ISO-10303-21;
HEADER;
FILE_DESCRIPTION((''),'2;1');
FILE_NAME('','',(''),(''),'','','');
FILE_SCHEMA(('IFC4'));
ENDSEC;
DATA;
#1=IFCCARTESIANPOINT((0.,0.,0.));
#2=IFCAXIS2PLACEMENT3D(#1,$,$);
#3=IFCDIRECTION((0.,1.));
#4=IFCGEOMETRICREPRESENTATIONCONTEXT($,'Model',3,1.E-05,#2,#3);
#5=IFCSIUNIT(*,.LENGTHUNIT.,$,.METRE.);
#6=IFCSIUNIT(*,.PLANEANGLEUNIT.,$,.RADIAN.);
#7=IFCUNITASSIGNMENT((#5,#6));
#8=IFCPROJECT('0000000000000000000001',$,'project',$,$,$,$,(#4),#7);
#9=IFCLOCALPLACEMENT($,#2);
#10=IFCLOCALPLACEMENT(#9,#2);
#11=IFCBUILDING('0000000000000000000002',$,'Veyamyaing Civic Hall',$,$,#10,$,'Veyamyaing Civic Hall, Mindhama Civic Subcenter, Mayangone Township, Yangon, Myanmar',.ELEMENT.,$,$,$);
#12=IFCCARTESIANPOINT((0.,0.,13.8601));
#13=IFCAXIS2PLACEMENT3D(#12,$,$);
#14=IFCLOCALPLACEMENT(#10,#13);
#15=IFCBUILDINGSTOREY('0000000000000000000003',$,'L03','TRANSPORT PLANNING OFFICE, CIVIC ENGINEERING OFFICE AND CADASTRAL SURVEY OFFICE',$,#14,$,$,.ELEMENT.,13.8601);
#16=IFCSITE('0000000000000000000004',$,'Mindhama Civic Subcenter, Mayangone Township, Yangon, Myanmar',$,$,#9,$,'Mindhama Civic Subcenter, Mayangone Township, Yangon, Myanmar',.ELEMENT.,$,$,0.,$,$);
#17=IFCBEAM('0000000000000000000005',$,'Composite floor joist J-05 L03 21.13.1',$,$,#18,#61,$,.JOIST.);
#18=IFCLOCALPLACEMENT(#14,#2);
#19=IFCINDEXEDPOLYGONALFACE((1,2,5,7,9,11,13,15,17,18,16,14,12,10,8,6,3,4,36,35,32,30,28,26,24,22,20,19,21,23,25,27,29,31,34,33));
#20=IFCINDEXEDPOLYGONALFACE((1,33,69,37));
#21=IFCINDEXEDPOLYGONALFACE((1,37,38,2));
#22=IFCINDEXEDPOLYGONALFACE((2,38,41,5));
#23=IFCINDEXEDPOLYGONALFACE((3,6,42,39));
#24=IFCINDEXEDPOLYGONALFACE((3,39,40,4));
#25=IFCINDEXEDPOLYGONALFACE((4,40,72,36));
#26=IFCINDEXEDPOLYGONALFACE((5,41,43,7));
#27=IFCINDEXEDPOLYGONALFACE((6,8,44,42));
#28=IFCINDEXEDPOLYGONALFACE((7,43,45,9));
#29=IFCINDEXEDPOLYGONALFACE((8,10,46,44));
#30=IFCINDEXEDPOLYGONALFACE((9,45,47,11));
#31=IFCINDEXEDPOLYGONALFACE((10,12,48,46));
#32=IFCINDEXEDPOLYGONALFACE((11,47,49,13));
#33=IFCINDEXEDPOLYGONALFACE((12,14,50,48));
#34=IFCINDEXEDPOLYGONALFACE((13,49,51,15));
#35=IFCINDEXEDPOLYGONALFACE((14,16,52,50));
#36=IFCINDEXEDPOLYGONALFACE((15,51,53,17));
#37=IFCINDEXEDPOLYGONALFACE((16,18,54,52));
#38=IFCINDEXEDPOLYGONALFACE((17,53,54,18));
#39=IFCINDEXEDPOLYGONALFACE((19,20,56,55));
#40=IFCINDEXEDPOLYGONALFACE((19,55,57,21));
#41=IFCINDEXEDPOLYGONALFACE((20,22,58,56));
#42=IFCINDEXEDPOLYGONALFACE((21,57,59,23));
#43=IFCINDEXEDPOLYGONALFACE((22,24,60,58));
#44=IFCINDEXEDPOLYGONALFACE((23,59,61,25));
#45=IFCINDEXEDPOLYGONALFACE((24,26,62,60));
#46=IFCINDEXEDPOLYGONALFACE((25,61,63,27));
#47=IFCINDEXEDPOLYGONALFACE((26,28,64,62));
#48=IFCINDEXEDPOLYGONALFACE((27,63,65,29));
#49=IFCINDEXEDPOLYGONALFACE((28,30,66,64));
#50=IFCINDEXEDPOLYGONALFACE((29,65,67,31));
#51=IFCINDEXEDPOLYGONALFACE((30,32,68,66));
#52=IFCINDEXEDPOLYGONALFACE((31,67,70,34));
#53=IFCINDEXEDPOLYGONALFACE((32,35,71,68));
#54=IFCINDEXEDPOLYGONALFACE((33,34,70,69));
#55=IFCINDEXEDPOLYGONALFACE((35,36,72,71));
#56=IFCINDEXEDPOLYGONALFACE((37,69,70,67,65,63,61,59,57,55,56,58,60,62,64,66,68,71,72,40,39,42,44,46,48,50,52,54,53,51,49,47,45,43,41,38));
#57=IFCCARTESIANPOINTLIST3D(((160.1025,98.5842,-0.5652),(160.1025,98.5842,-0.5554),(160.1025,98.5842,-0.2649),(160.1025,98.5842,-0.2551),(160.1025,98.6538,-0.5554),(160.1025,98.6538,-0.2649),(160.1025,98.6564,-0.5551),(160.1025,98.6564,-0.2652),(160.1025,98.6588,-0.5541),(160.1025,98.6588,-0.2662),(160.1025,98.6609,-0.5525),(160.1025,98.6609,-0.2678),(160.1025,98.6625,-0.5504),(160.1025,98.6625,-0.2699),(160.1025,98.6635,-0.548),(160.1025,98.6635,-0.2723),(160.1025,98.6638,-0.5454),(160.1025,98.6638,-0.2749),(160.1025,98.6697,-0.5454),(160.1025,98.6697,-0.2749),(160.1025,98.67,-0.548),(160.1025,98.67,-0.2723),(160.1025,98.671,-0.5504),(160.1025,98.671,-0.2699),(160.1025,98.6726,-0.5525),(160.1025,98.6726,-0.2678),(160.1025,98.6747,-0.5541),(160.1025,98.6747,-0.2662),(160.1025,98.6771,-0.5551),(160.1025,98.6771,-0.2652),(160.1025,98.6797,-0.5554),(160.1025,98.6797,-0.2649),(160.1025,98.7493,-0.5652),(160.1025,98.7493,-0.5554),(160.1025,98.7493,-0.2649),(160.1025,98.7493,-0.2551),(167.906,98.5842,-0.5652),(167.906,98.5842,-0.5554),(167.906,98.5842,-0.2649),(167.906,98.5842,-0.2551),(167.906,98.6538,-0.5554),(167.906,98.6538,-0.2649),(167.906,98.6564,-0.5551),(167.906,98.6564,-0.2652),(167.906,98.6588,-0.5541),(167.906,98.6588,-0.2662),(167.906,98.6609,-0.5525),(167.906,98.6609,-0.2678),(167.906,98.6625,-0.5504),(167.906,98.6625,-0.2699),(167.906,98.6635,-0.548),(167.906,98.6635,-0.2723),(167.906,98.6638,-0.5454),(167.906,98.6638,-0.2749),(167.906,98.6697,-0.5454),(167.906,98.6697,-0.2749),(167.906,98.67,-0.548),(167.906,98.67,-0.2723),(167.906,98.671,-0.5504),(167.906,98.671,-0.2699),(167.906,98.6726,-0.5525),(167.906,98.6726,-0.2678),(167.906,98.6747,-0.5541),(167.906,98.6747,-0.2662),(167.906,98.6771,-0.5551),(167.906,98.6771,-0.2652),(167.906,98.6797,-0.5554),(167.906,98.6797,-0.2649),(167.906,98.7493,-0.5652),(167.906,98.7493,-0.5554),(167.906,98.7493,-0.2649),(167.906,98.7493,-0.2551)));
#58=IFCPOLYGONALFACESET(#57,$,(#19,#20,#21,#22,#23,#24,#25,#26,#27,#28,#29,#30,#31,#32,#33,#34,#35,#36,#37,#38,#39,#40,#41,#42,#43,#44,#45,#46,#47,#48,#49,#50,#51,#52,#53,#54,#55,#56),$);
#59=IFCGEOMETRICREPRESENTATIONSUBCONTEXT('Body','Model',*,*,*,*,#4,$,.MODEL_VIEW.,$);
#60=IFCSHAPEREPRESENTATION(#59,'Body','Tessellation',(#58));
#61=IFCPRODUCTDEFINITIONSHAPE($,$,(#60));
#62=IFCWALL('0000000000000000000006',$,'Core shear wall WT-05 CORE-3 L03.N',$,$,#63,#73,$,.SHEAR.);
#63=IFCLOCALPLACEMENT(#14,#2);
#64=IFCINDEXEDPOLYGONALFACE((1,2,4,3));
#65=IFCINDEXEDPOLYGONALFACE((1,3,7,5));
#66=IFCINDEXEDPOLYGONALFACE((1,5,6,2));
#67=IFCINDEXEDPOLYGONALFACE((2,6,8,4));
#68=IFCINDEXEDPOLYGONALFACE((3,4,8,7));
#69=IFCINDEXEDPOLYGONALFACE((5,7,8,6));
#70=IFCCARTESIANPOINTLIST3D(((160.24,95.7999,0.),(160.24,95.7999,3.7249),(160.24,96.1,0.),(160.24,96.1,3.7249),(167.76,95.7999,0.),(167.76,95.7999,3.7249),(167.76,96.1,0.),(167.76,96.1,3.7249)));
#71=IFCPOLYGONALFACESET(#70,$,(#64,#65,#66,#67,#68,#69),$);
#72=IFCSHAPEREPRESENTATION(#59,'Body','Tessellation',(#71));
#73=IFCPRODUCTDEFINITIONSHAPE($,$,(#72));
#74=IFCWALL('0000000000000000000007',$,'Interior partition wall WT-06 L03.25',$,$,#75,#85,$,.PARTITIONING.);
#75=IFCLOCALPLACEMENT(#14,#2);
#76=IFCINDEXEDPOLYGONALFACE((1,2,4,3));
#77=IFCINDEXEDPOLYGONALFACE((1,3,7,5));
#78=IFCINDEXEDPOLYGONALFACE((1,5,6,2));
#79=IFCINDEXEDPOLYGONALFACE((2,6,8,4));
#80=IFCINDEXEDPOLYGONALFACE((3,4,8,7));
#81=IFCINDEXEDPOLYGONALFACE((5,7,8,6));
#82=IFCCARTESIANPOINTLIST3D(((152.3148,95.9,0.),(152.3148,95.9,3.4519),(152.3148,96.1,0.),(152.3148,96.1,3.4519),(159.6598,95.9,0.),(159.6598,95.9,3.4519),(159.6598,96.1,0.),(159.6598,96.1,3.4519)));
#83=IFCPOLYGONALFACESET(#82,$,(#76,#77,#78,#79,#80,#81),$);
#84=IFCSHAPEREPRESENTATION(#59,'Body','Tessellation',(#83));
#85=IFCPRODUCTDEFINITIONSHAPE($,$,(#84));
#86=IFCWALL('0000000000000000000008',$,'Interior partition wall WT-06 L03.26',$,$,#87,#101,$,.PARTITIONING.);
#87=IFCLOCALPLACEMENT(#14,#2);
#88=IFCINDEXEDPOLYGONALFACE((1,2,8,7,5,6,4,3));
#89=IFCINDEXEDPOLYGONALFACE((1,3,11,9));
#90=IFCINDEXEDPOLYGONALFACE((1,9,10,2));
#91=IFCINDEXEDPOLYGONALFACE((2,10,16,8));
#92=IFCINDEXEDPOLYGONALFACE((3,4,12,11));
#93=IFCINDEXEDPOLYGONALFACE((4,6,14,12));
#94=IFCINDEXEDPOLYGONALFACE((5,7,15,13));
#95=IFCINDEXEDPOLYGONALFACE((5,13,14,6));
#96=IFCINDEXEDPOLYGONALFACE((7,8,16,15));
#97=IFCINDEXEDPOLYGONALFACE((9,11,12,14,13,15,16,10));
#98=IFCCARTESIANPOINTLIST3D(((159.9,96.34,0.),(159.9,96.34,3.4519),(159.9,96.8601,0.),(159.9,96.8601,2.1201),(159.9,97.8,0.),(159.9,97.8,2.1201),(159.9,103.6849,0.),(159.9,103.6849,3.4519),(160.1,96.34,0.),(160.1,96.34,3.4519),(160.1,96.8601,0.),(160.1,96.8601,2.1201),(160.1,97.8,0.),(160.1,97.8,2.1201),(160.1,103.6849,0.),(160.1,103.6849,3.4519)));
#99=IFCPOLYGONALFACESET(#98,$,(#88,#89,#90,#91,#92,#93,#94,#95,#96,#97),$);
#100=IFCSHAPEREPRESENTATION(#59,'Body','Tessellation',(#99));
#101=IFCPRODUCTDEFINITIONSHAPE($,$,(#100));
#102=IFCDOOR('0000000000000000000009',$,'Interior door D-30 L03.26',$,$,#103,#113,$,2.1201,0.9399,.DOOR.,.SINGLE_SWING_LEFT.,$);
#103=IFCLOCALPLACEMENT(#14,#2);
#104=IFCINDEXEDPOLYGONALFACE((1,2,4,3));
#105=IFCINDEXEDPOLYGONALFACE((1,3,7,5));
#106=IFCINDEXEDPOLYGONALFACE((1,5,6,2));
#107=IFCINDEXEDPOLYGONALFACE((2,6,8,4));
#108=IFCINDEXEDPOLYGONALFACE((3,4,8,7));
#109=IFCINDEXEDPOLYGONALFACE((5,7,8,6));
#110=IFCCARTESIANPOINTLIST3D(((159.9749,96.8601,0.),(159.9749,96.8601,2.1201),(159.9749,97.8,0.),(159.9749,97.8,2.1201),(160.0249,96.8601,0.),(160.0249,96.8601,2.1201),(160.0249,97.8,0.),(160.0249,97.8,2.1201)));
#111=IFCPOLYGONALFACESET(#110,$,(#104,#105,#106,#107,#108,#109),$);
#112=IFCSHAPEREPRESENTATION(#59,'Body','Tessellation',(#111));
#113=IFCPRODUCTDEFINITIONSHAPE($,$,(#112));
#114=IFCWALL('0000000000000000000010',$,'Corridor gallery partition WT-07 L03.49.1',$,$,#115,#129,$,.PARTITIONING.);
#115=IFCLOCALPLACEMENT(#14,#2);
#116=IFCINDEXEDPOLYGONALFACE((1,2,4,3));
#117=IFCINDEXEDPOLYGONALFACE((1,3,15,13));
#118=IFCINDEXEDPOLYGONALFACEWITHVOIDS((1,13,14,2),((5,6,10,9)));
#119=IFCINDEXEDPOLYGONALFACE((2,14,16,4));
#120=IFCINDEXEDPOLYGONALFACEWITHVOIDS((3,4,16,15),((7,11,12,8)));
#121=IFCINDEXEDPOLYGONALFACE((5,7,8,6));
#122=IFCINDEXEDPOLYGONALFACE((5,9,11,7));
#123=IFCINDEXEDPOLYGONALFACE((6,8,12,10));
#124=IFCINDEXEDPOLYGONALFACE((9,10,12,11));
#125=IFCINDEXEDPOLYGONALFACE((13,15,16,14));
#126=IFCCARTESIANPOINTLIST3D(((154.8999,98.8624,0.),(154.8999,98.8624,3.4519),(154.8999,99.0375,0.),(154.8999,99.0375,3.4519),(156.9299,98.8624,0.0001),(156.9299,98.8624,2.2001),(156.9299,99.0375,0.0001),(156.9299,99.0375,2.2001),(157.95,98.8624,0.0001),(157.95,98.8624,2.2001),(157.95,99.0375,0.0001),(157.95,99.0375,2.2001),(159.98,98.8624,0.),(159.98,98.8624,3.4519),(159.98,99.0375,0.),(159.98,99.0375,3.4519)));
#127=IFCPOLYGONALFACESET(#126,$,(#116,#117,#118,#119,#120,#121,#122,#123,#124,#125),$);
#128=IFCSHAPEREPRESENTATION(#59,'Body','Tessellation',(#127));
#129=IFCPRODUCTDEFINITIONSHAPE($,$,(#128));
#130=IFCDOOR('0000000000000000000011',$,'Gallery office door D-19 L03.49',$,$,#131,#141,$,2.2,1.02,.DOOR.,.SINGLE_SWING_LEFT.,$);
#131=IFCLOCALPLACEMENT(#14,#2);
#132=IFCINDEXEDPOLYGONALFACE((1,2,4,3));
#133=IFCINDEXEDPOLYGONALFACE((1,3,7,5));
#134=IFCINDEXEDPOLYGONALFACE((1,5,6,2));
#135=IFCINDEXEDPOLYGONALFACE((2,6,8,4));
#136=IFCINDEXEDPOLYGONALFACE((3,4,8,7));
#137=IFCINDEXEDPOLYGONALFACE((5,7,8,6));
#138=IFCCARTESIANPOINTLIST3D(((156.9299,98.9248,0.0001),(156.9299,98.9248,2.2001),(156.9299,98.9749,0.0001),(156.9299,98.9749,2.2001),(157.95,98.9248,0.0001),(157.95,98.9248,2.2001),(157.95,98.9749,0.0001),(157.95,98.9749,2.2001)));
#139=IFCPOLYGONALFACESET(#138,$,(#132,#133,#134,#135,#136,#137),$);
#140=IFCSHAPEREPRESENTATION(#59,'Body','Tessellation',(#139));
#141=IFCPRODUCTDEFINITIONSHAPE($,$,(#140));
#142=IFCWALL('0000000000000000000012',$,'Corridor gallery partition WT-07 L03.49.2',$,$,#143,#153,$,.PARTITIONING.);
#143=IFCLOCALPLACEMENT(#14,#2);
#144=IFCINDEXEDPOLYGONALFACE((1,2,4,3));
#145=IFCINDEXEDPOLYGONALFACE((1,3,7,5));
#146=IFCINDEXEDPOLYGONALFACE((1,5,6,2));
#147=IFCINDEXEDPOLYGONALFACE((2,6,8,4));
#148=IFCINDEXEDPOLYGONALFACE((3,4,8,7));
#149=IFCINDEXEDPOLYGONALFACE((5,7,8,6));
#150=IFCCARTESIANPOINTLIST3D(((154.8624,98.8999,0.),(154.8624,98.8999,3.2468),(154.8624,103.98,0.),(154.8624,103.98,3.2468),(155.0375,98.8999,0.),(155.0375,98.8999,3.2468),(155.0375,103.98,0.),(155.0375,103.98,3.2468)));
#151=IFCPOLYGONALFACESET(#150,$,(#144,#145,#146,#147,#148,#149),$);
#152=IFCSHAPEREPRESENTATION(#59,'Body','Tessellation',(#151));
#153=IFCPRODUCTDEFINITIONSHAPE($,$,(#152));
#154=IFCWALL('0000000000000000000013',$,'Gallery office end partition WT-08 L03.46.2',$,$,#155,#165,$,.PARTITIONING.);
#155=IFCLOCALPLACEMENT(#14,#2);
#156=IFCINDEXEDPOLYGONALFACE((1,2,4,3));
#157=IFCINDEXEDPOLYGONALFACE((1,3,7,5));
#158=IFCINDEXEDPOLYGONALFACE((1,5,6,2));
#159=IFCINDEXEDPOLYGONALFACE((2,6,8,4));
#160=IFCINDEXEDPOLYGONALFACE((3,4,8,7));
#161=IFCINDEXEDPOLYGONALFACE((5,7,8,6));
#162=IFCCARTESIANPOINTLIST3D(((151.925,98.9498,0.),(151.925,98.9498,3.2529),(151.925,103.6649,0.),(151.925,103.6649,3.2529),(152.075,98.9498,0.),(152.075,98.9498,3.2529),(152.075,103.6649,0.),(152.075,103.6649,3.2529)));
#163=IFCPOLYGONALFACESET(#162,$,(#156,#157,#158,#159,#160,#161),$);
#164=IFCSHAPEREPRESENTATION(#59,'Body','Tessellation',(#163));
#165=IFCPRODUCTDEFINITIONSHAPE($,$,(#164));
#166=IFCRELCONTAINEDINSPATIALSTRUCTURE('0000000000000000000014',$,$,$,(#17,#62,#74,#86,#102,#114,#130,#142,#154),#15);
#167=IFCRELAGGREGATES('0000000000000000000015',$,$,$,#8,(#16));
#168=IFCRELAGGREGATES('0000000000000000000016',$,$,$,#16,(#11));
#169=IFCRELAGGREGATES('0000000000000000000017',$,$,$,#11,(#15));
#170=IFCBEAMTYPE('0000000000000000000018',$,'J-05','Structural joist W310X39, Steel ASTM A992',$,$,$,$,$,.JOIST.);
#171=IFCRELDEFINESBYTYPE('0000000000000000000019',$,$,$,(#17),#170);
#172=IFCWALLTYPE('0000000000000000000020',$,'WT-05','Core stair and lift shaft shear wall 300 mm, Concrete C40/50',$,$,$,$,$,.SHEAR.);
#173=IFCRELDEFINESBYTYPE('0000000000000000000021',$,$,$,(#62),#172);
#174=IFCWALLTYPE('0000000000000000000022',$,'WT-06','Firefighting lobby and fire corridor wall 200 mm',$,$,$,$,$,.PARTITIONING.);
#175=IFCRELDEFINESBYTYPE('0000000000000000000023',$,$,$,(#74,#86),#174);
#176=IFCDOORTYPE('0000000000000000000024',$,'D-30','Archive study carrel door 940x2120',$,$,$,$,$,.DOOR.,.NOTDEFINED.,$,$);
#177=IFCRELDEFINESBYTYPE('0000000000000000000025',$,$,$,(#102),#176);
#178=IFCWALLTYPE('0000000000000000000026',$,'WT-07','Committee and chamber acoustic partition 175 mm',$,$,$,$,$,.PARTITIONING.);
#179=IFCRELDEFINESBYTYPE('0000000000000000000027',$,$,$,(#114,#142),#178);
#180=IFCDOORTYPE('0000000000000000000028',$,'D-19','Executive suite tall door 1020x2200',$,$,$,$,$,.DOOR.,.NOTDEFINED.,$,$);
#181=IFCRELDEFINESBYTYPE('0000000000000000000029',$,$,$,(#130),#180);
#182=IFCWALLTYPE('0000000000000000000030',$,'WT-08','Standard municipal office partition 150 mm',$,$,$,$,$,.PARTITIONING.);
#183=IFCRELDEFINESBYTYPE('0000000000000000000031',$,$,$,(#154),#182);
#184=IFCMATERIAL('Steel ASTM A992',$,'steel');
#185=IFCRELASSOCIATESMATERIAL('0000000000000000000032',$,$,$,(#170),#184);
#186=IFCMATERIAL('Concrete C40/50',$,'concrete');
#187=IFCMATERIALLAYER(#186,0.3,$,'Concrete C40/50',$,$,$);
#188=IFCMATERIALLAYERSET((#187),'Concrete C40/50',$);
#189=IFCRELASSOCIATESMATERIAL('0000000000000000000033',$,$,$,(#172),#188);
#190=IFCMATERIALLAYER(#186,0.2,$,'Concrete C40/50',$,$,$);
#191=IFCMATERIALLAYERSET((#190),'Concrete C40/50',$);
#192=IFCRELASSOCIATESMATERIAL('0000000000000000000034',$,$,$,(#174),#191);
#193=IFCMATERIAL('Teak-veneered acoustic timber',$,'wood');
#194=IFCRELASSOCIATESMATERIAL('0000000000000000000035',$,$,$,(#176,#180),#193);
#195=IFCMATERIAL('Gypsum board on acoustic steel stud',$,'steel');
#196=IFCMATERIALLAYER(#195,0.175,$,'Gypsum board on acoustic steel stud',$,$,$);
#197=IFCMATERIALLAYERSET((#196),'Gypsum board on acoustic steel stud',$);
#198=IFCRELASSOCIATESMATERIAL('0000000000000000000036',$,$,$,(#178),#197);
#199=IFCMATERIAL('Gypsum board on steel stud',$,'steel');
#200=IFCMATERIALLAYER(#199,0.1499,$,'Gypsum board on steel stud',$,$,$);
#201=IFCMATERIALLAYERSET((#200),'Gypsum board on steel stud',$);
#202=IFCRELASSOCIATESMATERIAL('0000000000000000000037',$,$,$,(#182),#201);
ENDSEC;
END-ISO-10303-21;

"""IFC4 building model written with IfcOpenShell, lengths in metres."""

from ifc_helpers import new_model, si_unit, direction, frame, frame_2d, origin, origin_2d, place, context, subcontext, project, spatial, rectangle, i_section, extrude, material, layer, layer_set, material_profile, profile_set, type_object, element, fill, save


model = new_model("IFC4")

# Units and contexts
model_context = context("Model", 3, precision=1e-05, world=origin(), true_north=direction((0.0, 1.0)))
body_context = subcontext(model_context, "Body", "Model", "MODEL_VIEW")
ifc_project = project(units=[si_unit("LENGTHUNIT", "METRE"), si_unit("PLANEANGLEUNIT", "RADIAN")], contexts=[model_context])

# Site, building, storey
site_placement = place(None, origin())
site = spatial("IfcSite", under=ifc_project, at=site_placement, Name="Mindhama Civic Subcenter, Mayangone Township, Yangon, Myanmar", LongName="Mindhama Civic Subcenter, Mayangone Township, Yangon, Myanmar", CompositionType="ELEMENT", RefElevation=0.0)
building_placement = place(site_placement, origin())
building = spatial("IfcBuilding", under=site, at=building_placement, Name="Veyamyaing Civic Hall", LongName="Veyamyaing Civic Hall, Mindhama Civic Subcenter, Mayangone Township, Yangon, Myanmar", CompositionType="ELEMENT")
storey_placement = place(building_placement, frame((0.0, 0.0, 13.8601)))
storey = spatial("IfcBuildingStorey", under=building, at=storey_placement, Name="L03", Description="TRANSPORT PLANNING OFFICE, CIVIC ENGINEERING OFFICE AND CADASTRAL SURVEY OFFICE", CompositionType="ELEMENT", Elevation=13.8601)

# Beam
ifc_material_1 = material(Name="Steel ASTM A992", Category="steel")
ifc_material_profile_1 = material_profile(ifc_material_1, i_section(OverallWidth=0.165, OverallDepth=0.3101, WebThickness=0.0059, FlangeThickness=0.0098, FilletRadius=0.01, at=origin_2d()), Name="W310X39")
ifc_profile_set_1 = profile_set([ifc_material_profile_1], Name="Steel ASTM A992")
beam_type_1 = type_object("IfcBeamType", Name="J-05", Description="Structural joist W310X39, Steel ASTM A992", PredefinedType="JOIST", material=ifc_profile_set_1)
beam_1_placement = place(storey_placement, frame((160.1025, 98.6667, -0.4102), z_axis=(1.0, 0.0, 0.0), x_axis=(0.0, 1.0, 0.0)))
element("IfcBeam", 1, at=beam_1_placement, inside=storey, type_object=beam_type_1, Name="Composite floor joist J-05 L03 21.13.1", PredefinedType="JOIST", context=body_context, shape_type="SweptSolid", body=[
    extrude(i_section(OverallWidth=0.165, OverallDepth=0.3101, WebThickness=0.0059, FlangeThickness=0.0098, FilletRadius=0.01, at=origin_2d()), origin(), (0.0, 0.0, 1.0), 7.8035),
])

# Walls
ifc_material_2 = material(Name="Concrete C40/50", Category="concrete")
ifc_layer_1 = layer(ifc_material_2, 0.3, Name="Concrete C40/50")
ifc_layer_set_1 = layer_set([ifc_layer_1], Name="Concrete C40/50")
wall_type_1 = type_object("IfcWallType", Name="WT-05", Description="Core stair and lift shaft shear wall 300 mm, Concrete C40/50", PredefinedType="SHEAR", material=ifc_layer_set_1)
wall_1_placement = place(storey_placement, frame((160.24, 95.95, 0.0), z_axis=(0.0, 0.0, 1.0), x_axis=(1.0, 0.0, 0.0)))
element("IfcWall", 2, at=wall_1_placement, inside=storey, type_object=wall_type_1, Name="Core shear wall WT-05 CORE-3 L03.N", PredefinedType="SHEAR", context=body_context, shape_type="SweptSolid", body=[
    extrude(rectangle(XDim=7.52, YDim=0.3, at=frame_2d((3.76, 0.0))), origin(), (0.0, 0.0, 1.0), 3.7249),
])
ifc_layer_2 = layer(ifc_material_2, 0.2, Name="Concrete C40/50")
ifc_layer_set_2 = layer_set([ifc_layer_2], Name="Concrete C40/50")
wall_type_2 = type_object("IfcWallType", Name="WT-06", Description="Firefighting lobby and fire corridor wall 200 mm", PredefinedType="PARTITIONING", material=ifc_layer_set_2)
wall_2_placement = place(storey_placement, frame((152.3149, 96.0, 0.0), z_axis=(0.0, 0.0, 1.0), x_axis=(1.0, 0.0, 0.0)))
element("IfcWall", 3, at=wall_2_placement, inside=storey, type_object=wall_type_2, Name="Interior partition wall WT-06 L03.25", PredefinedType="PARTITIONING", context=body_context, shape_type="SweptSolid", body=[
    extrude(rectangle(XDim=7.345, YDim=0.2, at=frame_2d((3.6724, 0.0))), origin(), (0.0, 0.0, 1.0), 3.4519),
])

# Walls, openings, doors
wall_3_placement = place(storey_placement, frame((160.0, 96.3401, 0.0), z_axis=(0.0, 0.0, 1.0), x_axis=(0.0, 1.0, 0.0)))
wall_3 = element("IfcWall", 4, at=wall_3_placement, inside=storey, type_object=wall_type_2, Name="Interior partition wall WT-06 L03.26", PredefinedType="PARTITIONING", context=body_context, shape_type="SweptSolid", body=[
    extrude(rectangle(XDim=7.345, YDim=0.2, at=frame_2d((3.6724, 0.0))), origin(), (0.0, 0.0, 1.0), 3.4519),
])
opening_1_placement = place(wall_3_placement, frame((0.52, 0.0, 0.0)))
opening_1 = element("IfcOpeningElement", 5, at=opening_1_placement, cuts=wall_3, PredefinedType="OPENING", context=body_context, shape_type="SweptSolid", body=[
    extrude(rectangle(XDim=0.9399, YDim=2.1201, at=frame_2d((0.47, 1.0601))), frame((0.0, 0.1099, 0.0), z_axis=(0.0, -1.0, 0.0), x_axis=(1.0, 0.0, 0.0)), (0.0, 0.0, 1.0), 0.22),
])
ifc_material_3 = material(Name="Teak-veneered acoustic timber", Category="wood")
door_type_1 = type_object("IfcDoorType", Name="D-30", Description="Archive study carrel door 940x2120", OperationType="NOTDEFINED", PredefinedType="DOOR", material=ifc_material_3)
door_1_placement = place(opening_1_placement, frame((0.9399, 0.0, 0.0), z_axis=(0.0, 0.0, 1.0), x_axis=(-1.0, 0.0, 0.0)))
door_1 = element("IfcDoor", 6, at=door_1_placement, inside=storey, type_object=door_type_1, Name="Interior door D-30 L03.26", OperationType="SINGLE_SWING_LEFT", OverallHeight=2.1201, OverallWidth=0.9399, PredefinedType="DOOR", context=body_context, shape_type="SweptSolid", body=[
    extrude(rectangle(XDim=0.9399, YDim=2.1201, at=frame_2d((0.47, 1.0601))), frame((0.0, 0.0249, 0.0), z_axis=(0.0, -1.0, 0.0), x_axis=(1.0, 0.0, 0.0)), (0.0, 0.0, 1.0), 0.05),
])
fill(opening_1, door_1)
ifc_material_4 = material(Name="Gypsum board on acoustic steel stud", Category="steel")
ifc_layer_3 = layer(ifc_material_4, 0.175, Name="Gypsum board on acoustic steel stud")
ifc_layer_set_3 = layer_set([ifc_layer_3], Name="Gypsum board on acoustic steel stud")
wall_type_3 = type_object("IfcWallType", Name="WT-07", Description="Committee and chamber acoustic partition 175 mm", PredefinedType="PARTITIONING", material=ifc_layer_set_3)
wall_4_placement = place(storey_placement, frame((154.8999, 98.95, 0.0), z_axis=(0.0, 0.0, 1.0), x_axis=(1.0, 0.0, 0.0)))
wall_4 = element("IfcWall", 7, at=wall_4_placement, inside=storey, type_object=wall_type_3, Name="Corridor gallery partition WT-07 L03.49.1", PredefinedType="PARTITIONING", context=body_context, shape_type="SweptSolid", body=[
    extrude(rectangle(XDim=5.0801, YDim=0.175, at=frame_2d((2.54, 0.0))), origin(), (0.0, 0.0, 1.0), 3.4519),
])
opening_2_placement = place(wall_4_placement, frame((2.03, 0.0, 0.0)))
opening_2 = element("IfcOpeningElement", 8, at=opening_2_placement, cuts=wall_4, PredefinedType="OPENING", context=body_context, shape_type="SweptSolid", body=[
    extrude(rectangle(XDim=1.02, YDim=2.2, at=frame_2d((0.51, 1.1001))), frame((0.0, 0.0974, 0.0), z_axis=(0.0, -1.0, 0.0), x_axis=(1.0, 0.0, 0.0)), (0.0, 0.0, 1.0), 0.1951),
])
door_type_2 = type_object("IfcDoorType", Name="D-19", Description="Executive suite tall door 1020x2200", OperationType="NOTDEFINED", PredefinedType="DOOR", material=ifc_material_3)
door_2_placement = place(opening_2_placement, origin())
door_2 = element("IfcDoor", 9, at=door_2_placement, inside=storey, type_object=door_type_2, Name="Gallery office door D-19 L03.49", OperationType="SINGLE_SWING_LEFT", OverallHeight=2.2, OverallWidth=1.02, PredefinedType="DOOR", context=body_context, shape_type="SweptSolid", body=[
    extrude(rectangle(XDim=1.02, YDim=2.2, at=frame_2d((0.51, 1.1001))), frame((0.0, 0.0249, 0.0), z_axis=(0.0, -1.0, 0.0), x_axis=(1.0, 0.0, 0.0)), (0.0, 0.0, 1.0), 0.05),
])
fill(opening_2, door_2)

# Walls
wall_5_placement = place(storey_placement, frame((154.95, 98.8999, 0.0), z_axis=(0.0, 0.0, 1.0), x_axis=(0.0, 1.0, 0.0)))
element("IfcWall", 10, at=wall_5_placement, inside=storey, type_object=wall_type_3, Name="Corridor gallery partition WT-07 L03.49.2", PredefinedType="PARTITIONING", context=body_context, shape_type="SweptSolid", body=[
    extrude(rectangle(XDim=5.0801, YDim=0.175, at=frame_2d((2.54, 0.0))), origin(), (0.0, 0.0, 1.0), 3.2468),
])
ifc_material_5 = material(Name="Gypsum board on steel stud", Category="steel")
ifc_layer_4 = layer(ifc_material_5, 0.1499, Name="Gypsum board on steel stud")
ifc_layer_set_4 = layer_set([ifc_layer_4], Name="Gypsum board on steel stud")
wall_type_4 = type_object("IfcWallType", Name="WT-08", Description="Standard municipal office partition 150 mm", PredefinedType="PARTITIONING", material=ifc_layer_set_4)
wall_6_placement = place(storey_placement, frame((152.0, 98.95, 0.0), z_axis=(0.0, 0.0, 1.0), x_axis=(0.0, 1.0, 0.0)))
element("IfcWall", 11, at=wall_6_placement, inside=storey, type_object=wall_type_4, Name="Gallery office end partition WT-08 L03.46.2", PredefinedType="PARTITIONING", context=body_context, shape_type="SweptSolid", body=[
    extrude(rectangle(XDim=4.7151, YDim=0.1499, at=frame_2d((2.3574, 0.0))), origin(), (0.0, 0.0, 1.0), 3.2529),
])

save(model, "model.ifc")
